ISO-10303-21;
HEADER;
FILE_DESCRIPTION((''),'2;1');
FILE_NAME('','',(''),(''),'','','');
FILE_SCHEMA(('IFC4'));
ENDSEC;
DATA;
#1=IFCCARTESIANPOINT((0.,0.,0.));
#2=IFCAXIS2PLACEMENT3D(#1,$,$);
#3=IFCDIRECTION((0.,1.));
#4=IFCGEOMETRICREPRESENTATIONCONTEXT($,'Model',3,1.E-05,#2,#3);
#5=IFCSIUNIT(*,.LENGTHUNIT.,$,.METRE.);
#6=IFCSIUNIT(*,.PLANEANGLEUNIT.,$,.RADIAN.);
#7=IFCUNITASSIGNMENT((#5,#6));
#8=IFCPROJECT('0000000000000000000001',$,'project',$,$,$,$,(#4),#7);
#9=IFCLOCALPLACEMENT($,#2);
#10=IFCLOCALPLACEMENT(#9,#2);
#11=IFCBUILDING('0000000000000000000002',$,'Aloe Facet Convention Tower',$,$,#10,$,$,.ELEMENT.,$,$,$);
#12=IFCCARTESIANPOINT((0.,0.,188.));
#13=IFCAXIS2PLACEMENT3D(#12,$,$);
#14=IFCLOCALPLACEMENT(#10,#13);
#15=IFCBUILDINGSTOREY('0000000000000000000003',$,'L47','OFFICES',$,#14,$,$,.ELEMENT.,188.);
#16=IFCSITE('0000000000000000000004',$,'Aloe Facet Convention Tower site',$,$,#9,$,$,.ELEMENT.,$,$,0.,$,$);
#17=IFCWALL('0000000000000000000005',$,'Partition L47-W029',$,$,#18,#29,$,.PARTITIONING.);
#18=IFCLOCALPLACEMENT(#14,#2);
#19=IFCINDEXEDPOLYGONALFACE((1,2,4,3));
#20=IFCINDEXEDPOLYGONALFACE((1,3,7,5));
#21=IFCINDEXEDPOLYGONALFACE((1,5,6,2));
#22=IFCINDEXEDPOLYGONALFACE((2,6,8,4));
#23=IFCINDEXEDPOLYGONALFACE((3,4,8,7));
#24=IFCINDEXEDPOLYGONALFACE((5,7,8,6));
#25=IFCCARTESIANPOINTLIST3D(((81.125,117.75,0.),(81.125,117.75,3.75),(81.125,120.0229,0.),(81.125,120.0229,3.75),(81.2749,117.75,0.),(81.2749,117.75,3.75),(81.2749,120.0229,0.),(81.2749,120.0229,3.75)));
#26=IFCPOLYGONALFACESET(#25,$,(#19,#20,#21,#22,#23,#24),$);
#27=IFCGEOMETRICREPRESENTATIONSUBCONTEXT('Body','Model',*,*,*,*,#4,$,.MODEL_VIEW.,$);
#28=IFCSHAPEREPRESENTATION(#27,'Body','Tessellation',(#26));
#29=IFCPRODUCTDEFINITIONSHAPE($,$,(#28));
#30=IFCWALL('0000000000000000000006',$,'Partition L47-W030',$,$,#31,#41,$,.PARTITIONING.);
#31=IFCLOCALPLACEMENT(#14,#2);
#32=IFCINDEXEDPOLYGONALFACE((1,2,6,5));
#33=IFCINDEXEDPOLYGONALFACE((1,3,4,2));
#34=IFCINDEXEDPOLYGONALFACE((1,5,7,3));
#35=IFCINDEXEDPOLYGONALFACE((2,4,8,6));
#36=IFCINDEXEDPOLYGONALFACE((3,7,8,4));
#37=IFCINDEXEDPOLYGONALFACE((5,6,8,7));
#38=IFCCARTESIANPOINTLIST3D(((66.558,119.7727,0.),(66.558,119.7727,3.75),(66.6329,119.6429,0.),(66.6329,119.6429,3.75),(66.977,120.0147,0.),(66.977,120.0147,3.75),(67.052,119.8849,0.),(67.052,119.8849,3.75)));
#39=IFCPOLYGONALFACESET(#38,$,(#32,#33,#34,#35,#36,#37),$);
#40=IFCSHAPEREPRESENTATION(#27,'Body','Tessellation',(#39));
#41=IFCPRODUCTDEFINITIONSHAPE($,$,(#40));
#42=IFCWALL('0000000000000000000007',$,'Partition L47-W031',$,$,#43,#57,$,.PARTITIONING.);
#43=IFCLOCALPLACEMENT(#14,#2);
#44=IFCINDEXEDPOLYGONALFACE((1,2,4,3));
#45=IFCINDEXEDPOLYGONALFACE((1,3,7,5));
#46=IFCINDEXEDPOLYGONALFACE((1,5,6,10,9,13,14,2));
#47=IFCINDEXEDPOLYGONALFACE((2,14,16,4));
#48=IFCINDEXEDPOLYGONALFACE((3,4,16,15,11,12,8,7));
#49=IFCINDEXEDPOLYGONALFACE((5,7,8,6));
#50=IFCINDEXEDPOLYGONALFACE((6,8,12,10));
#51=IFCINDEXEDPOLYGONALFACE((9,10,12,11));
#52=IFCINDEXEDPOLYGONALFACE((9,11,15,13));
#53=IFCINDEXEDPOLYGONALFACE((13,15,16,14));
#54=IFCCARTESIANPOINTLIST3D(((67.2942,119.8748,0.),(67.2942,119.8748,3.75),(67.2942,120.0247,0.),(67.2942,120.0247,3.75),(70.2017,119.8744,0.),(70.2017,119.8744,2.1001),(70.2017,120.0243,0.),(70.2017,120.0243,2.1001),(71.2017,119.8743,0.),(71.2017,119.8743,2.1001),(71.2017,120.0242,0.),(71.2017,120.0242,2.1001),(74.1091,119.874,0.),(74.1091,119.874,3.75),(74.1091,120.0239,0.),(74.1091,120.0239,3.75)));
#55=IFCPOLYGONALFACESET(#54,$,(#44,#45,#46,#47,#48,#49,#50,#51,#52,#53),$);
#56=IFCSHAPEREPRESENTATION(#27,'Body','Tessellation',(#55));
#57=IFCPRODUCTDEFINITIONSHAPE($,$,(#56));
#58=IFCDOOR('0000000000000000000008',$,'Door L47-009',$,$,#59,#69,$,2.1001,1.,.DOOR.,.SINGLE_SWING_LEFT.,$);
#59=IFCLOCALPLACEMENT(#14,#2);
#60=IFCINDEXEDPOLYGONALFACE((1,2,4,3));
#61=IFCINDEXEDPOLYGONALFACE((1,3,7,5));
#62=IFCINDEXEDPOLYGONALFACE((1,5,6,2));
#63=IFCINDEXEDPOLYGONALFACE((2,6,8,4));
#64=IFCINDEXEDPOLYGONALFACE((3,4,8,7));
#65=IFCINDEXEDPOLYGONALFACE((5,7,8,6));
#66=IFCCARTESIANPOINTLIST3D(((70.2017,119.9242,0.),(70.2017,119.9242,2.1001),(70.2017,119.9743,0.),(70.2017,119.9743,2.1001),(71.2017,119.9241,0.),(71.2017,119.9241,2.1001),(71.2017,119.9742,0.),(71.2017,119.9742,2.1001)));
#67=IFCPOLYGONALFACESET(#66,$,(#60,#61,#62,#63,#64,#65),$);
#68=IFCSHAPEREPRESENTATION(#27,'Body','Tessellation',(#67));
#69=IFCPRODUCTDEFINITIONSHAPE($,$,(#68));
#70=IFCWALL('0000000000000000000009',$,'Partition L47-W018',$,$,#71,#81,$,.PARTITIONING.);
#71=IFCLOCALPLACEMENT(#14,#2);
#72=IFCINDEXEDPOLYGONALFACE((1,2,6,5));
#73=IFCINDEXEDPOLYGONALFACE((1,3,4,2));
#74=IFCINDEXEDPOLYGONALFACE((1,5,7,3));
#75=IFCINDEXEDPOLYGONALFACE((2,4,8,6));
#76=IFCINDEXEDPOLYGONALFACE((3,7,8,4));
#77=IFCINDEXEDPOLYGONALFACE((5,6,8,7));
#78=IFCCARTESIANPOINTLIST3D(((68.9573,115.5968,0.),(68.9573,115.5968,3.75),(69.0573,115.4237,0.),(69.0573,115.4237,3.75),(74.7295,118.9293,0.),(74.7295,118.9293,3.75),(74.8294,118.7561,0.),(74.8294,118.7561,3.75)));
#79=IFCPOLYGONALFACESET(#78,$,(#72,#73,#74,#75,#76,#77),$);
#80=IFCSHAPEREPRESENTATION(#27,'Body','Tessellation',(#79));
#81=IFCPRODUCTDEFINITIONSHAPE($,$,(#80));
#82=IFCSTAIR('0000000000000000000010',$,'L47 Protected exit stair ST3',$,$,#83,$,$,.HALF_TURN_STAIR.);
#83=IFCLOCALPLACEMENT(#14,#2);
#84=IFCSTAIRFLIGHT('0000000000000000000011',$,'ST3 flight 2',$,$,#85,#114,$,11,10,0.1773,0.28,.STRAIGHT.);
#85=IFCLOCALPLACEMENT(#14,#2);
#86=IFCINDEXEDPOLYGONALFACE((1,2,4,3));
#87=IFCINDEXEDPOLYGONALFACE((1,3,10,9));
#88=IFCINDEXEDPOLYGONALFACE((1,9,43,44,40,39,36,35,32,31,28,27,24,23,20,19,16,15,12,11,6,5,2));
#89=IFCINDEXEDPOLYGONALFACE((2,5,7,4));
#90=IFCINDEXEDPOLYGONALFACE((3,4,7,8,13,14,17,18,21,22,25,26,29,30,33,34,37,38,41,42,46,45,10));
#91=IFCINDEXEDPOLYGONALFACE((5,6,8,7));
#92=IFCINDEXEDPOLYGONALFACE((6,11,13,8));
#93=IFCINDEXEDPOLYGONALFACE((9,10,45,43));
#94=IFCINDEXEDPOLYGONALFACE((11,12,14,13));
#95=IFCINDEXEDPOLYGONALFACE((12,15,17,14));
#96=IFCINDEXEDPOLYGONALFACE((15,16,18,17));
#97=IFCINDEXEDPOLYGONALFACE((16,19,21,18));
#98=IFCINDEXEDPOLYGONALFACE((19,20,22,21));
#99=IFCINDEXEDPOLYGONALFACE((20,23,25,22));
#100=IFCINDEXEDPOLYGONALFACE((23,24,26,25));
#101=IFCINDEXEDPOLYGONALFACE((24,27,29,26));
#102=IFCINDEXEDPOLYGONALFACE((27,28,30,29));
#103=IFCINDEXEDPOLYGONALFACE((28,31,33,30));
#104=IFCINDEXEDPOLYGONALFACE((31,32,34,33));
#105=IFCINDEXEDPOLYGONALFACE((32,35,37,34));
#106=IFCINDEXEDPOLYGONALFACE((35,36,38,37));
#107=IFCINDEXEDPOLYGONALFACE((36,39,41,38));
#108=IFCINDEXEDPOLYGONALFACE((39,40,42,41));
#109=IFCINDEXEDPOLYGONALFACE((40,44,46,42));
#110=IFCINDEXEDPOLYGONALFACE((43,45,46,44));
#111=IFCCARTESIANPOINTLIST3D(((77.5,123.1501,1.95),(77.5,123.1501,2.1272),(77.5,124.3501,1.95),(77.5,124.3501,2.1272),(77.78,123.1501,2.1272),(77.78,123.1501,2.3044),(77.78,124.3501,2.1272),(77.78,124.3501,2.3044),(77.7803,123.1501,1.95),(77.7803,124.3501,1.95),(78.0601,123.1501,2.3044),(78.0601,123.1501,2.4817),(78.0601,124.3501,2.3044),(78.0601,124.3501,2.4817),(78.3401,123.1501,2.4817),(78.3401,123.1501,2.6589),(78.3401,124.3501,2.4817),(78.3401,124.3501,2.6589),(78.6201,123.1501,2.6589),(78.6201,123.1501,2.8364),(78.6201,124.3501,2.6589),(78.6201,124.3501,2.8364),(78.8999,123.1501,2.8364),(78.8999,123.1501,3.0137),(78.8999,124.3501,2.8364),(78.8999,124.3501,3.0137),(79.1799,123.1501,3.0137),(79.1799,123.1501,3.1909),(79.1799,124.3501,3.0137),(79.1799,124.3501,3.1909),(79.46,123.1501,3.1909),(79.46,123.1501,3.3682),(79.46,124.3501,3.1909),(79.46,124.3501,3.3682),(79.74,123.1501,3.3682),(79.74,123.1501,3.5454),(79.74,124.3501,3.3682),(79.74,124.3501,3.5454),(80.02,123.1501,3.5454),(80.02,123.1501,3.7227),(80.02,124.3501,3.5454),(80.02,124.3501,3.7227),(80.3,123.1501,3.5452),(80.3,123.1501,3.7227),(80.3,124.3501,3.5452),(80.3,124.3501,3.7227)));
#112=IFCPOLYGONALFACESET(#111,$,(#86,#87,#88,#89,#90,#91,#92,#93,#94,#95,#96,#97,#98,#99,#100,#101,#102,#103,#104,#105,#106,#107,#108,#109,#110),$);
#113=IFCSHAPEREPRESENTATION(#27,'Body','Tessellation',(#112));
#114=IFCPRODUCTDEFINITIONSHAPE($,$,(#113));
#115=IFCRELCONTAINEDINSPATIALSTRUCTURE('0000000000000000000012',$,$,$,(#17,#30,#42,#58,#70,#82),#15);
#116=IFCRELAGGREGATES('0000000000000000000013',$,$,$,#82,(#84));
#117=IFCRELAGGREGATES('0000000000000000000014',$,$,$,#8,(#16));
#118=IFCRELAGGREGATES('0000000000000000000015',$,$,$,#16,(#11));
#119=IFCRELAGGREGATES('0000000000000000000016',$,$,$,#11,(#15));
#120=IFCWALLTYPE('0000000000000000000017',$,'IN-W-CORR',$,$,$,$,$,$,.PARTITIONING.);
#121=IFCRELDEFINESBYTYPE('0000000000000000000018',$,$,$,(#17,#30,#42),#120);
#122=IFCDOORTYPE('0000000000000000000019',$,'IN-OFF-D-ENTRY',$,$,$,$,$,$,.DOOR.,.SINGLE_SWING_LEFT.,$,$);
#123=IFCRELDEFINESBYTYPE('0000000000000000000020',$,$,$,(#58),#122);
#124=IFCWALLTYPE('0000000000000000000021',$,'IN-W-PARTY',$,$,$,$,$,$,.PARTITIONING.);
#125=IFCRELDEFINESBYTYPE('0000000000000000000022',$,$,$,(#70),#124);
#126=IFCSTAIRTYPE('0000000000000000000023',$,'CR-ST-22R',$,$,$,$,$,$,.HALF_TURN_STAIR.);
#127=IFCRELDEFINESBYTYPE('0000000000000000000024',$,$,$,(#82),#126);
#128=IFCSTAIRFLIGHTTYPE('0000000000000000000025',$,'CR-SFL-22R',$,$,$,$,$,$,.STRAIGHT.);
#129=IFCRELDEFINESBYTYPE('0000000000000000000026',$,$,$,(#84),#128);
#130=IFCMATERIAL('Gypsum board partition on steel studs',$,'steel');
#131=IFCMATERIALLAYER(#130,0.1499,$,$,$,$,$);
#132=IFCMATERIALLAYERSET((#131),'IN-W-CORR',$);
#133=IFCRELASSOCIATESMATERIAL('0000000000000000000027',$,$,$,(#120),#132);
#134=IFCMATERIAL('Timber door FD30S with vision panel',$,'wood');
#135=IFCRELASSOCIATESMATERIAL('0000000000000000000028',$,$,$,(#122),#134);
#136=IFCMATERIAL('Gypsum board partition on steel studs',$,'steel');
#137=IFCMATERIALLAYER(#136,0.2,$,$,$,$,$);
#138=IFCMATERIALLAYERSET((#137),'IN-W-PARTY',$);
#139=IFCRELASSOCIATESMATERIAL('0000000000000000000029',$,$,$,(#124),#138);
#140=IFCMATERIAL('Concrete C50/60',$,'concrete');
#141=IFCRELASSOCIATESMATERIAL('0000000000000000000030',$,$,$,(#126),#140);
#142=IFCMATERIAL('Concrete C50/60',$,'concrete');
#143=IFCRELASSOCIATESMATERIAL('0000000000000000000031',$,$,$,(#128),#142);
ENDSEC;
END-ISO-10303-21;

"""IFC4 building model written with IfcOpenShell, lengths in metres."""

from ifc_helpers import new_model, si_unit, direction, frame, frame_2d, origin, place, context, subcontext, project, spatial, polyline, rectangle, outline, extrude, material, layer, layer_set, type_object, element, fill, aggregate, save


model = new_model("IFC4")

# Units and contexts
model_context = context("Model", 3, precision=1e-05, world=origin(), true_north=direction((0.0, 1.0)))
body_context = subcontext(model_context, "Body", "Model", "MODEL_VIEW")
ifc_project = project(units=[si_unit("LENGTHUNIT", "METRE"), si_unit("PLANEANGLEUNIT", "RADIAN")], contexts=[model_context])

# Site, building, storey
site_placement = place(None, origin())
site = spatial("IfcSite", under=ifc_project, at=site_placement, Name="Aloe Facet Convention Tower site", CompositionType="ELEMENT", RefElevation=0.0)
building_placement = place(site_placement, origin())
building = spatial("IfcBuilding", under=site, at=building_placement, Name="Aloe Facet Convention Tower", CompositionType="ELEMENT")
storey_placement = place(building_placement, frame((0.0, 0.0, 188.0)))
storey = spatial("IfcBuildingStorey", under=building, at=storey_placement, Name="L47", Description="OFFICES", CompositionType="ELEMENT", Elevation=188.0)

# Shared definitions
ifc_material_1 = material(Name="Gypsum board partition on steel studs", Category="steel")
ifc_layer_1 = layer(ifc_material_1, 0.1499)
ifc_layer_set_1 = layer_set([ifc_layer_1], Name="IN-W-CORR")
wall_type_1 = type_object("IfcWallType", Name="IN-W-CORR", PredefinedType="PARTITIONING", material=ifc_layer_set_1)
ifc_material_2 = material(Name="Timber door FD30S with vision panel", Category="wood")
door_type_1 = type_object("IfcDoorType", Name="IN-OFF-D-ENTRY", OperationType="SINGLE_SWING_LEFT", PredefinedType="DOOR", material=ifc_material_2)

# Walls
wall_1_placement = place(storey_placement, frame((81.2, 117.75, 0.0), z_axis=(0.0, 0.0, 1.0), x_axis=(0.0, 1.0, 0.0)))
element("IfcWall", 1, at=wall_1_placement, inside=storey, type_object=wall_type_1, Name="Partition L47-W029", PredefinedType="PARTITIONING", context=body_context, shape_type="SweptSolid", body=[
    extrude(rectangle(XDim=2.2729, YDim=0.1499, at=frame_2d((1.1365, 0.0))), origin(), (0.0, 0.0, 1.0), 3.75),
])
wall_2_placement = place(storey_placement, frame((66.5955, 119.7078, 0.0), z_axis=(0.0, 0.0, 1.0), x_axis=(0.865967, 0.500101, 0.0)))
element("IfcWall", 2, at=wall_2_placement, inside=storey, type_object=wall_type_1, Name="Partition L47-W030", PredefinedType="PARTITIONING", context=body_context, shape_type="SweptSolid", body=[
    extrude(rectangle(XDim=0.4839, YDim=0.1499, at=frame_2d((0.2419, 0.0))), origin(), (0.0, 0.0, 1.0), 3.75),
])

# Wall, opening, door
wall_3_placement = place(storey_placement, frame((67.2942, 119.9497, 0.0), z_axis=(0.0, 0.0, 1.0), x_axis=(1.0, -0.000107, 0.0)))
wall_3 = element("IfcWall", 3, at=wall_3_placement, inside=storey, type_object=wall_type_1, Name="Partition L47-W031", PredefinedType="PARTITIONING", context=body_context, shape_type="SweptSolid", body=[
    extrude(rectangle(XDim=6.8149, YDim=0.1499, at=frame_2d((3.4075, 0.0))), origin(), (0.0, 0.0, 1.0), 3.75),
])
opening_1_placement = place(wall_3_placement, frame((2.9075, 0.0, 0.0)))
opening_1 = element("IfcOpeningElement", 4, at=opening_1_placement, cuts=wall_3, PredefinedType="OPENING", context=body_context, shape_type="SweptSolid", body=[
    extrude(rectangle(XDim=1.0, YDim=2.1001, at=frame_2d((0.5, 1.05))), frame((0.0, 0.085, 0.0), z_axis=(0.0, -1.0, 0.0), x_axis=(1.0, 0.0, 0.0)), (0.0, 0.0, 1.0), 0.1699),
])
door_1_placement = place(opening_1_placement, origin())
door_1 = element("IfcDoor", 5, at=door_1_placement, inside=storey, type_object=door_type_1, Name="Door L47-009", OperationType="SINGLE_SWING_LEFT", OverallHeight=2.1001, OverallWidth=1.0, PredefinedType="DOOR", context=body_context, shape_type="SweptSolid", body=[
    extrude(rectangle(XDim=1.0, YDim=2.1001, at=frame_2d((0.5, 1.05))), frame((0.0, 0.0249, 0.0), z_axis=(0.0, -1.0, 0.0), x_axis=(1.0, 0.0, 0.0)), (0.0, 0.0, 1.0), 0.05),
])
fill(opening_1, door_1)

# Wall
ifc_material_3 = material(Name="Gypsum board partition on steel studs", Category="steel")
ifc_layer_2 = layer(ifc_material_3, 0.2)
ifc_layer_set_2 = layer_set([ifc_layer_2], Name="IN-W-PARTY")
wall_type_2 = type_object("IfcWallType", Name="IN-W-PARTY", PredefinedType="PARTITIONING", material=ifc_layer_set_2)
wall_4_placement = place(storey_placement, frame((69.0073, 115.5103, 0.0), z_axis=(0.0, 0.0, 1.0), x_axis=(0.86603, 0.499992, 0.0)))
element("IfcWall", 6, at=wall_4_placement, inside=storey, type_object=wall_type_2, Name="Partition L47-W018", PredefinedType="PARTITIONING", context=body_context, shape_type="SweptSolid", body=[
    extrude(rectangle(XDim=6.665, YDim=0.2, at=frame_2d((3.3325, 0.0))), origin(), (0.0, 0.0, 1.0), 3.75),
])

# Stair, stair flight
ifc_material_4 = material(Name="Concrete C50/60", Category="concrete")
stair_type = type_object("IfcStairType", Name="CR-ST-22R", PredefinedType="HALF_TURN_STAIR", material=ifc_material_4)
stair_placement = place(storey_placement, origin())
stair = element("IfcStair", 7, at=stair_placement, inside=storey, type_object=stair_type, Name="L47 Protected exit stair ST3", PredefinedType="HALF_TURN_STAIR")
ifc_material_5 = material(Name="Concrete C50/60", Category="concrete")
stair_flight_type = type_object("IfcStairFlightType", Name="CR-SFL-22R", PredefinedType="STRAIGHT", material=ifc_material_5)
stair_flight_placement = place(storey_placement, frame((77.5, 123.75, 1.95), z_axis=(0.0, 0.0, 1.0), x_axis=(1.0, 0.0, 0.0)))
stair_flight = element("IfcStairFlight", 8, at=stair_flight_placement, type_object=stair_flight_type, Name="ST3 flight 2", NumberOfRisers=11, NumberOfTreads=10, PredefinedType="STRAIGHT", RiserHeight=0.1773, TreadLength=0.28, context=body_context, shape_type="SweptSolid", body=[
    extrude(outline(polyline([(0.0, 0.0), (0.0, 0.1772), (0.28, 0.1772), (0.28, 0.3545), (0.5601, 0.3545), (0.5601, 0.5317), (0.8401, 0.5317), (0.8401, 0.709), (1.1201, 0.709), (1.1201, 0.8865), (1.3999, 0.8865), (1.3999, 1.0637), (1.6799, 1.0637), (1.6799, 1.241), (1.96, 1.241), (1.96, 1.4182), (2.24, 1.4182), (2.24, 1.5955), (2.52, 1.5955), (2.52, 1.7727), (2.8, 1.7727), (2.8, 1.95), (2.8, 1.5952), (0.2803, 0.0), (0.0, 0.0)])), frame((0.0, 0.6001, 0.0), z_axis=(0.0, -1.0, 0.0), x_axis=(1.0, 0.0, 0.0)), (0.0, 0.0, 1.0), 1.2),
])
aggregate(stair, [stair_flight])

save(model, "model.ifc")
